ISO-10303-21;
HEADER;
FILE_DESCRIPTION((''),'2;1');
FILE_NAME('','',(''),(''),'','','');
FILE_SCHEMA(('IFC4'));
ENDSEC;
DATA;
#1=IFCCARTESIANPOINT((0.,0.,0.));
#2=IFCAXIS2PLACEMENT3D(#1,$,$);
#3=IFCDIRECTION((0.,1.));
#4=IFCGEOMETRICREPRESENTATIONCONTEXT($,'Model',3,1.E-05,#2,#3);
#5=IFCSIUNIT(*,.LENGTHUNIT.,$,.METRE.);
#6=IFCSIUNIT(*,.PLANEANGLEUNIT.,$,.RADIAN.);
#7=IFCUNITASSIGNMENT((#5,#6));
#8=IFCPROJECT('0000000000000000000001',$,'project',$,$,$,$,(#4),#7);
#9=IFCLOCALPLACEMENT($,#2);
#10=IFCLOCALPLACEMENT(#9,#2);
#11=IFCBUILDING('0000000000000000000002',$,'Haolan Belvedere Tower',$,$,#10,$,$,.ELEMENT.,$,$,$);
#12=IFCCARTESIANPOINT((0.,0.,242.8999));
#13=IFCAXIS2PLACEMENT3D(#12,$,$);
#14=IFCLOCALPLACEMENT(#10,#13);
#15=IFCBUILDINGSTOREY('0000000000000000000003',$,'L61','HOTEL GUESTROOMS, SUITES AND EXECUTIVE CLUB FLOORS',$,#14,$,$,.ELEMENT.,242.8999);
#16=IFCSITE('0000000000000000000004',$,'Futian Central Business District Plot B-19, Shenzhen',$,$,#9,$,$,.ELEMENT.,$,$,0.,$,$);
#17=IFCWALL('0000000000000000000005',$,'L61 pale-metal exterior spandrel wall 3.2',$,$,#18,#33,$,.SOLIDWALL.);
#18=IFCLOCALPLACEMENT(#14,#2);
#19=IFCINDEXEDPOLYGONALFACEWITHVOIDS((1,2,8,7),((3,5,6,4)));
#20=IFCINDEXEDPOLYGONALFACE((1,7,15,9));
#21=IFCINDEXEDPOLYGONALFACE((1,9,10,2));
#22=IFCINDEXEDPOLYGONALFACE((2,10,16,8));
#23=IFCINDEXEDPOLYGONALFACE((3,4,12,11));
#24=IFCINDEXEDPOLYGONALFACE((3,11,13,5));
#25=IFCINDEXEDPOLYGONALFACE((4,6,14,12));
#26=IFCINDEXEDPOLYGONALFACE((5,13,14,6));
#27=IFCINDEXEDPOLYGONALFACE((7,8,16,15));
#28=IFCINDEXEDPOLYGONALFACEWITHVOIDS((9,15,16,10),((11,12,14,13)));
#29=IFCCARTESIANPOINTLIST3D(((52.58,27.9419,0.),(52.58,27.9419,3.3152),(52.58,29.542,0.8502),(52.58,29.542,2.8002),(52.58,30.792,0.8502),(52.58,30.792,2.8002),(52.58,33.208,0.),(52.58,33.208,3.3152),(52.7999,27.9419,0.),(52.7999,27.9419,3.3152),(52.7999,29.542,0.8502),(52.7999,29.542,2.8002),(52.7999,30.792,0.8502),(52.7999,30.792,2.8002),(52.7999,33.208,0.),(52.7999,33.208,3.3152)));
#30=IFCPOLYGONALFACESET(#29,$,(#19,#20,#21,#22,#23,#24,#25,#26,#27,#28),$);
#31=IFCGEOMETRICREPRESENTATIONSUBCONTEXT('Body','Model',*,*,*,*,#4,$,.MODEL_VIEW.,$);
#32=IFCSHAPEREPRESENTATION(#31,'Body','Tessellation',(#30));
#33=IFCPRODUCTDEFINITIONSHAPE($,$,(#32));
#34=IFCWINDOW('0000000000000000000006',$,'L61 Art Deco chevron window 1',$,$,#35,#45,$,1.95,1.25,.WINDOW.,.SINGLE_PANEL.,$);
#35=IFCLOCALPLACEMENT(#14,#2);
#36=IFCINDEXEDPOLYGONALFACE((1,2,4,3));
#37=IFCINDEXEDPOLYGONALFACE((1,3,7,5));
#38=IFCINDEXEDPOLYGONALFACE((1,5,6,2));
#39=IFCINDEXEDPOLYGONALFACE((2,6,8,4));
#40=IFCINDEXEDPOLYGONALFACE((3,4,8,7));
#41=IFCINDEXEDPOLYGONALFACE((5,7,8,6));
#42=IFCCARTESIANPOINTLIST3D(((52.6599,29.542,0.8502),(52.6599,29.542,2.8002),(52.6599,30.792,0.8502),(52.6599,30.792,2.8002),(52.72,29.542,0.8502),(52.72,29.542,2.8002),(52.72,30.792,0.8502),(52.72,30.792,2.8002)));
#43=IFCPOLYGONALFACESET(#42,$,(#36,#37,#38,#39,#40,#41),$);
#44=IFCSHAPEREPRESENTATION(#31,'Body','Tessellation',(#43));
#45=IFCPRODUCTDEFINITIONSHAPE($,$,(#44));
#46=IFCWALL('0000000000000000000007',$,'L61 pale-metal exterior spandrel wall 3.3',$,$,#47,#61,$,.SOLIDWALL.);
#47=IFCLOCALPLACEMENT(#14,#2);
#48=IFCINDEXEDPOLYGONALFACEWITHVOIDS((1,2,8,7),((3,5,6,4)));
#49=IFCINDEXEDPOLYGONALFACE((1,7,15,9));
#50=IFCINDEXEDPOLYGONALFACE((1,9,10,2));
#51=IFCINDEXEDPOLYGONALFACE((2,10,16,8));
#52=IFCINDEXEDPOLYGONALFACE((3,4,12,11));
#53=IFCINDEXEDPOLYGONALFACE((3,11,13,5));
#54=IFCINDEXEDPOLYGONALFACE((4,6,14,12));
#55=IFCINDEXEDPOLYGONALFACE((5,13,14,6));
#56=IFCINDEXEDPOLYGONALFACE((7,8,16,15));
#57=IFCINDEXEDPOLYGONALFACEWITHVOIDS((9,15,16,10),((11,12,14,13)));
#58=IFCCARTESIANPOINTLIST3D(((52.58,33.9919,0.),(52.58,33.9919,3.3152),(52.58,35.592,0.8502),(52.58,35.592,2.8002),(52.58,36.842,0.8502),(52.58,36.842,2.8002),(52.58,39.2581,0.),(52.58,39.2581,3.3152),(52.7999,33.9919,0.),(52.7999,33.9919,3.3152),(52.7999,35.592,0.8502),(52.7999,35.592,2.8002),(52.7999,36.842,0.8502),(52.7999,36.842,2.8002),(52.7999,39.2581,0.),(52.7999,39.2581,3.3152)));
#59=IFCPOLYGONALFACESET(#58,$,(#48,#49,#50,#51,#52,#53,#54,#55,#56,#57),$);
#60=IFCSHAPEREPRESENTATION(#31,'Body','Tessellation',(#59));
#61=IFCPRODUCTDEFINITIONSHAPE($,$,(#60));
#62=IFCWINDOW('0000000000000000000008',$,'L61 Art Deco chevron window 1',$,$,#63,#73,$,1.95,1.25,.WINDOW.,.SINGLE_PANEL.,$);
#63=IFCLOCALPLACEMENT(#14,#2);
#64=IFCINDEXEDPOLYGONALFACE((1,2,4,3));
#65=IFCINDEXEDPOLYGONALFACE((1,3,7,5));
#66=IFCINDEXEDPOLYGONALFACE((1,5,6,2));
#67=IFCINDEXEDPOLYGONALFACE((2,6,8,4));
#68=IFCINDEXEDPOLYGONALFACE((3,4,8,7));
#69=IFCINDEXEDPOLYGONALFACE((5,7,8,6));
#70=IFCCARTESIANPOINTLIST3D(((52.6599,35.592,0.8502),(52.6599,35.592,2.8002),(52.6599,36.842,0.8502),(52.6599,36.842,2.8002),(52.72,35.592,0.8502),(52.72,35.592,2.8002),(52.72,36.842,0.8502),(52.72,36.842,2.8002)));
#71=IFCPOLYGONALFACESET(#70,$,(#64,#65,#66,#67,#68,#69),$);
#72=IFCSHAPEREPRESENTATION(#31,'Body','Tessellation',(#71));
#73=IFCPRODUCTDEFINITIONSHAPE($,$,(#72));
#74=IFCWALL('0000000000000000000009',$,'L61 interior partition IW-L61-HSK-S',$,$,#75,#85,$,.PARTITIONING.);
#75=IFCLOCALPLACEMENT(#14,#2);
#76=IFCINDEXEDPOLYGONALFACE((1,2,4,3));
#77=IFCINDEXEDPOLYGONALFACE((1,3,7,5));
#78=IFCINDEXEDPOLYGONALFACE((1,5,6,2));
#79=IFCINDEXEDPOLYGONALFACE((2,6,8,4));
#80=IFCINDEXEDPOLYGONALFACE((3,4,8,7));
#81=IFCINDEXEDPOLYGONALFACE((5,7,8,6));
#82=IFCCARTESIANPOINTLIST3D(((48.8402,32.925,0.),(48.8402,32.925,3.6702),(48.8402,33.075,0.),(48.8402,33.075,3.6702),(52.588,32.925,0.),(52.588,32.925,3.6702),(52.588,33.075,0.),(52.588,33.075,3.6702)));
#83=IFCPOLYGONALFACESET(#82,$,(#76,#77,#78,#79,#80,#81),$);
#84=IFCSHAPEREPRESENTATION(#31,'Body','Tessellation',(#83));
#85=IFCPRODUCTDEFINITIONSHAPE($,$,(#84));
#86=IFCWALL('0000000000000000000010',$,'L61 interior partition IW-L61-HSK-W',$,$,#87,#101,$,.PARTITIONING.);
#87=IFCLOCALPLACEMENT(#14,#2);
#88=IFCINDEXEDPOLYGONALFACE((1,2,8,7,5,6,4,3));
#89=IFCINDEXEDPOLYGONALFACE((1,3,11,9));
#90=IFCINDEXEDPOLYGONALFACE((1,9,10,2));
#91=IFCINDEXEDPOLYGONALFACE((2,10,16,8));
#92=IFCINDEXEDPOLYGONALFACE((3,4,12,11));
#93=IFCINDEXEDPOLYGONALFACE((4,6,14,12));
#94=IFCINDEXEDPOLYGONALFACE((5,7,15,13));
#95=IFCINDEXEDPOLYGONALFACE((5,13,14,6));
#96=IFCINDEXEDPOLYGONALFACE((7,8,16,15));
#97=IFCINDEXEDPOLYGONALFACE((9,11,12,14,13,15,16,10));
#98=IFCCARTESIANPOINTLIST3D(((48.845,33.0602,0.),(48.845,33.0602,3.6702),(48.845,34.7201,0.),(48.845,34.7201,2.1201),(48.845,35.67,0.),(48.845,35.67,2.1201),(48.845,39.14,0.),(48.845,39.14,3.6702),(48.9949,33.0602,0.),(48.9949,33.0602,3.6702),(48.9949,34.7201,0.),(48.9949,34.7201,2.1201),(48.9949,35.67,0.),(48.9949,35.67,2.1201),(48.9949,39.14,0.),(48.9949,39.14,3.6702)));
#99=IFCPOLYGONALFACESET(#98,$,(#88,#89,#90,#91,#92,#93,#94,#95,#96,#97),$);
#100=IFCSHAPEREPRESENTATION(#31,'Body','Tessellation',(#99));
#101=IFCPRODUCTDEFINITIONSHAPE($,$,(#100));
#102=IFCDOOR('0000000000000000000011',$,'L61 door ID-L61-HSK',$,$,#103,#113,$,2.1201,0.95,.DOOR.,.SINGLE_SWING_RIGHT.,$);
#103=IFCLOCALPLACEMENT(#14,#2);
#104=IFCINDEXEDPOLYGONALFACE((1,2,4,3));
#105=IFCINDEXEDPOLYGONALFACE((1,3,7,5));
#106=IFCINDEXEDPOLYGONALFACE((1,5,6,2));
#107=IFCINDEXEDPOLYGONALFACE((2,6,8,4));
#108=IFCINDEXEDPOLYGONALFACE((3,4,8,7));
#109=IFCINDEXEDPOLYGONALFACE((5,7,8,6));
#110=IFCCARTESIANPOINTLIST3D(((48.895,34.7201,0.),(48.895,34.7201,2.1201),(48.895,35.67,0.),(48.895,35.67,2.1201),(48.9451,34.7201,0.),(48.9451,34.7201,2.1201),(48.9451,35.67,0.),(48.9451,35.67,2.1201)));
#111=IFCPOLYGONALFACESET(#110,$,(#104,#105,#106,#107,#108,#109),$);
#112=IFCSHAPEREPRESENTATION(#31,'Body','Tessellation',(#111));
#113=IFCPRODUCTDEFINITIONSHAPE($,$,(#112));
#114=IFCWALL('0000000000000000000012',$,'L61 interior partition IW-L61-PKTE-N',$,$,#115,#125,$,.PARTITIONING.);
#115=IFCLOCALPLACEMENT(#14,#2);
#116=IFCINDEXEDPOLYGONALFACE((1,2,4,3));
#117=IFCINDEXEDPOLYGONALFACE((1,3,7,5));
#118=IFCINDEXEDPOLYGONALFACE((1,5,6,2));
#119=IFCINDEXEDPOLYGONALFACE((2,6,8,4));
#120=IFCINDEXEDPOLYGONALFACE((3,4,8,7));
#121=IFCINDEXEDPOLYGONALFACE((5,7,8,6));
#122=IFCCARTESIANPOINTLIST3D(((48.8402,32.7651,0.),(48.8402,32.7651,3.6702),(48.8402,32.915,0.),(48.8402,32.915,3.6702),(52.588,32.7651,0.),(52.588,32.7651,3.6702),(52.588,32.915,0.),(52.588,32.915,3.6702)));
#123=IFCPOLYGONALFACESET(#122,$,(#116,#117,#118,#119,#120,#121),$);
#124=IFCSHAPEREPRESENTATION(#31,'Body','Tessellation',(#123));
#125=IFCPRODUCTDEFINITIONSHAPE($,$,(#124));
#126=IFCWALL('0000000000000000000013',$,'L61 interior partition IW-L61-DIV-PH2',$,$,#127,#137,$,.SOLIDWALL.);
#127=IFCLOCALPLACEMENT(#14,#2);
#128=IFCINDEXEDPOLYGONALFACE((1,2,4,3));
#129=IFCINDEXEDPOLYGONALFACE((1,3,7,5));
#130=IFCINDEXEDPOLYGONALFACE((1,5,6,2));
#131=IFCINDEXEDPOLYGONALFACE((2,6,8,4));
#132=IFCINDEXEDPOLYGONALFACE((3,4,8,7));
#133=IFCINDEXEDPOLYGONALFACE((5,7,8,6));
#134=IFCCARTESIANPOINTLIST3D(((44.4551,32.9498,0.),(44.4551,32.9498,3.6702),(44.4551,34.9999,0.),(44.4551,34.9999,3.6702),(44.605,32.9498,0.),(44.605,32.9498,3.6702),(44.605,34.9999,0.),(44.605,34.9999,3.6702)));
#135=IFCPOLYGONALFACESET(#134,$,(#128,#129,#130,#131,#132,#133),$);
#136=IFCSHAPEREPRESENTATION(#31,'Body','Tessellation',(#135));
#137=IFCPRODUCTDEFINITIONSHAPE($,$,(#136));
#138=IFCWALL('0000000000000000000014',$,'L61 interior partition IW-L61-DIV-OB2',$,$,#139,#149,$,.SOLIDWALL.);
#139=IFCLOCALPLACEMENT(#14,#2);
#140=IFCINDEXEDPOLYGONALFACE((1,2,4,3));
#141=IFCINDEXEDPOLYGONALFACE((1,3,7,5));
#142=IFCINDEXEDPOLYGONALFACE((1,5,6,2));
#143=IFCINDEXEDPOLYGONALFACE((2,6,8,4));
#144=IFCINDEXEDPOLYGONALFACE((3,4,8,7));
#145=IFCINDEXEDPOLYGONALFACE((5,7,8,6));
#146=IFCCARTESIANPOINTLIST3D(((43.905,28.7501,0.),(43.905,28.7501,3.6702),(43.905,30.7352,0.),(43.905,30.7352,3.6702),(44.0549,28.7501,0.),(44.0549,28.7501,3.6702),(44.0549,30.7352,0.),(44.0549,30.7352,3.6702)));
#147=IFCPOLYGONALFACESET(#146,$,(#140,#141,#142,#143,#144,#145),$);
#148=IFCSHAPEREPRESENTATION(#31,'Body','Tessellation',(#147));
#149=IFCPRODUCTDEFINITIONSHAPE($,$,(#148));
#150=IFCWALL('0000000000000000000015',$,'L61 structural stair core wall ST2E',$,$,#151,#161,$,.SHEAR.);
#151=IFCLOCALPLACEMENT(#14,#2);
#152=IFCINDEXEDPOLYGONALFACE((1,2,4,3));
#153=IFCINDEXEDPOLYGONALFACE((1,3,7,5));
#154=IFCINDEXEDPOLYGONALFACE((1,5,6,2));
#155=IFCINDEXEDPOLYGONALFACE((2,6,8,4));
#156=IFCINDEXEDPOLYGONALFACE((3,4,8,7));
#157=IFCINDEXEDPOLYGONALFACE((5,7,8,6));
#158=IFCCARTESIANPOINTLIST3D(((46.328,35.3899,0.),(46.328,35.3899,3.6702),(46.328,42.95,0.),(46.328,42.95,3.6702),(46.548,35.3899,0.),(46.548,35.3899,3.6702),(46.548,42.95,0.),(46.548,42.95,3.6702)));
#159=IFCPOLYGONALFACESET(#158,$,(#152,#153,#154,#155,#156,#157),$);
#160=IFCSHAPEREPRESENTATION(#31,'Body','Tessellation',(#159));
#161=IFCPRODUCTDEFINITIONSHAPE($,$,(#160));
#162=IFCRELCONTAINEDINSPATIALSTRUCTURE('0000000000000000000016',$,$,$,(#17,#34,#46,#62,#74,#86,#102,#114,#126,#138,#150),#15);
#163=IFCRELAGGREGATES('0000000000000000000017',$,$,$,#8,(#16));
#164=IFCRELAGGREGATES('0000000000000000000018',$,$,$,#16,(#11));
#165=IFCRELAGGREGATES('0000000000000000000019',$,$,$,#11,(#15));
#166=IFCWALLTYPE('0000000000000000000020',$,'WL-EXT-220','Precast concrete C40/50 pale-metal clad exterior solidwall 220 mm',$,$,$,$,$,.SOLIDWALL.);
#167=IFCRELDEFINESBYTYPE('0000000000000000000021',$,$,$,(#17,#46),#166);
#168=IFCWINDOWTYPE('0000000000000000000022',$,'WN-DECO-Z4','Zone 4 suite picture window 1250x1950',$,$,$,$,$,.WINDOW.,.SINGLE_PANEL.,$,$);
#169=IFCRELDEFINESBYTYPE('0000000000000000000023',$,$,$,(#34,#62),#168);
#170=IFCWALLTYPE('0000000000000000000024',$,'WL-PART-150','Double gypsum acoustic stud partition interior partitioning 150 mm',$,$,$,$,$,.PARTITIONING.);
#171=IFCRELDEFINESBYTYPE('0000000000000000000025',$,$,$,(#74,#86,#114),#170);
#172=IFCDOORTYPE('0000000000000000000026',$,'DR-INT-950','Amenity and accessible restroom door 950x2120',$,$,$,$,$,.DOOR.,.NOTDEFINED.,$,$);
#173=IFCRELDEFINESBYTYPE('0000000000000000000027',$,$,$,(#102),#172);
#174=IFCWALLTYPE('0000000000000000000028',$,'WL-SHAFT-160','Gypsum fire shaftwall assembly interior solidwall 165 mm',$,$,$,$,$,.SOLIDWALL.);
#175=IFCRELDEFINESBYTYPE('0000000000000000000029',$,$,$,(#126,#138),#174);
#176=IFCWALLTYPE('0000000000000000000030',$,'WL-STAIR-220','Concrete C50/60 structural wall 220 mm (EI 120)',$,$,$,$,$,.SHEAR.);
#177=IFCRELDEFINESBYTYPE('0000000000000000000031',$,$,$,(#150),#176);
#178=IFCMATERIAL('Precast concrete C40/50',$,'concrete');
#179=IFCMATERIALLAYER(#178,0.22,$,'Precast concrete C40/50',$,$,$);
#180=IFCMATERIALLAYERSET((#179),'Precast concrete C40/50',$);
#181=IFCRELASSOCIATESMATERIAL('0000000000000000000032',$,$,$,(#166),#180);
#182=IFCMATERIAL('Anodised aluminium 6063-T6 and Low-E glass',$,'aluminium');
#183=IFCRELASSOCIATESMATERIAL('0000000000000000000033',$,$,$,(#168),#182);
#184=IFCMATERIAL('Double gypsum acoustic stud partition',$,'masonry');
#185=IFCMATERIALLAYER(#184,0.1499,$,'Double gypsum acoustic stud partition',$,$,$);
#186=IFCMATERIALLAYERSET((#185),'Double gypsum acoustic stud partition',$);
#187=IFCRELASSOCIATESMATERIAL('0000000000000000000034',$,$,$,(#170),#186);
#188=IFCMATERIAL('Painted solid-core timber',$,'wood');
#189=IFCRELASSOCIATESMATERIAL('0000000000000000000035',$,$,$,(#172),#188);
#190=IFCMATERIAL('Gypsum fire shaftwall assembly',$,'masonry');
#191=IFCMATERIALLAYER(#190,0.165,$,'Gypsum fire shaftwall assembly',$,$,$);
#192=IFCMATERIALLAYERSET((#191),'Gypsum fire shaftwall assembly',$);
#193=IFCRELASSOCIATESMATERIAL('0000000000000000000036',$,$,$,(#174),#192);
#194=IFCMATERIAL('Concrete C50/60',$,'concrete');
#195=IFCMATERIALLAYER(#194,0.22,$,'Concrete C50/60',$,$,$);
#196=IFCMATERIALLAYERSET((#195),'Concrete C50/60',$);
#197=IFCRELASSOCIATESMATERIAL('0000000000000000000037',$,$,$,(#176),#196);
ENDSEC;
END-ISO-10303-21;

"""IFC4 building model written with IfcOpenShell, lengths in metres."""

from ifc_helpers import new_model, si_unit, direction, frame, frame_2d, origin, place, context, subcontext, project, spatial, rectangle, extrude, material, layer, layer_set, type_object, element, fill, save


model = new_model("IFC4")

# Units and contexts
model_context = context("Model", 3, precision=1e-05, world=origin(), true_north=direction((0.0, 1.0)))
body_context = subcontext(model_context, "Body", "Model", "MODEL_VIEW")
ifc_project = project(units=[si_unit("LENGTHUNIT", "METRE"), si_unit("PLANEANGLEUNIT", "RADIAN")], contexts=[model_context])

# Site, building, storey
site_placement = place(None, origin())
site = spatial("IfcSite", under=ifc_project, at=site_placement, Name="Futian Central Business District Plot B-19, Shenzhen", CompositionType="ELEMENT", RefElevation=0.0)
building_placement = place(site_placement, origin())
building = spatial("IfcBuilding", under=site, at=building_placement, Name="Haolan Belvedere Tower", CompositionType="ELEMENT")
storey_placement = place(building_placement, frame((0.0, 0.0, 242.8999)))
storey = spatial("IfcBuildingStorey", under=building, at=storey_placement, Name="L61", Description="HOTEL GUESTROOMS, SUITES AND EXECUTIVE CLUB FLOORS", CompositionType="ELEMENT", Elevation=242.8999)

# Shared definitions
ifc_material_1 = material(Name="Concrete C50/60", Category="concrete")

# Walls, openings, windows
ifc_material_2 = material(Name="Precast concrete C40/50", Category="concrete")
ifc_layer_1 = layer(ifc_material_2, 0.22, Name="Precast concrete C40/50")
ifc_layer_set_1 = layer_set([ifc_layer_1], Name="Precast concrete C40/50")
wall_type_1 = type_object("IfcWallType", Name="WL-EXT-220", Description="Precast concrete C40/50 pale-metal clad exterior solidwall 220 mm", PredefinedType="SOLIDWALL", material=ifc_layer_set_1)
wall_1_placement = place(storey_placement, frame((52.6899, 27.9419, 0.0), z_axis=(0.0, 0.0, 1.0), x_axis=(0.0, 1.0, 0.0)))
wall_1 = element("IfcWall", 1, at=wall_1_placement, inside=storey, type_object=wall_type_1, Name="L61 pale-metal exterior spandrel wall 3.2", PredefinedType="SOLIDWALL", context=body_context, shape_type="SweptSolid", body=[
    extrude(rectangle(XDim=5.2661, YDim=0.22, at=frame_2d((2.6331, 0.0))), origin(), (0.0, 0.0, 1.0), 3.3152),
])
opening_1_placement = place(wall_1_placement, frame((1.6001, 0.0, 0.8501)))
opening_1 = element("IfcOpeningElement", 2, at=opening_1_placement, cuts=wall_1, PredefinedType="OPENING", context=body_context, shape_type="SweptSolid", body=[
    extrude(rectangle(XDim=1.25, YDim=1.95, at=frame_2d((0.625, 0.9751))), frame((0.0, 0.1199, 0.0), z_axis=(0.0, -1.0, 0.0), x_axis=(1.0, 0.0, 0.0)), (0.0, 0.0, 1.0), 0.24),
])
ifc_material_3 = material(Name="Anodised aluminium 6063-T6 and Low-E glass", Category="aluminium")
window_type = type_object("IfcWindowType", Name="WN-DECO-Z4", Description="Zone 4 suite picture window 1250x1950", PartitioningType="SINGLE_PANEL", PredefinedType="WINDOW", material=ifc_material_3)
window_1_placement = place(opening_1_placement, origin())
window_1 = element("IfcWindow", 3, at=window_1_placement, inside=storey, type_object=window_type, Name="L61 Art Deco chevron window 1", OverallHeight=1.95, OverallWidth=1.25, PartitioningType="SINGLE_PANEL", PredefinedType="WINDOW", context=body_context, shape_type="SweptSolid", body=[
    extrude(rectangle(XDim=1.25, YDim=1.95, at=frame_2d((0.625, 0.9751))), frame((0.0, 0.03, 0.0), z_axis=(0.0, -1.0, 0.0), x_axis=(1.0, 0.0, 0.0)), (0.0, 0.0, 1.0), 0.0601),
])
fill(opening_1, window_1)
wall_2_placement = place(storey_placement, frame((52.6899, 33.9919, 0.0), z_axis=(0.0, 0.0, 1.0), x_axis=(0.0, 1.0, 0.0)))
wall_2 = element("IfcWall", 4, at=wall_2_placement, inside=storey, type_object=wall_type_1, Name="L61 pale-metal exterior spandrel wall 3.3", PredefinedType="SOLIDWALL", context=body_context, shape_type="SweptSolid", body=[
    extrude(rectangle(XDim=5.2661, YDim=0.22, at=frame_2d((2.6331, 0.0))), origin(), (0.0, 0.0, 1.0), 3.3152),
])
opening_2_placement = place(wall_2_placement, frame((1.6001, 0.0, 0.8501)))
opening_2 = element("IfcOpeningElement", 5, at=opening_2_placement, cuts=wall_2, PredefinedType="OPENING", context=body_context, shape_type="SweptSolid", body=[
    extrude(rectangle(XDim=1.25, YDim=1.95, at=frame_2d((0.625, 0.9751))), frame((0.0, 0.1199, 0.0), z_axis=(0.0, -1.0, 0.0), x_axis=(1.0, 0.0, 0.0)), (0.0, 0.0, 1.0), 0.24),
])
window_2_placement = place(opening_2_placement, origin())
window_2 = element("IfcWindow", 6, at=window_2_placement, inside=storey, type_object=window_type, Name="L61 Art Deco chevron window 1", OverallHeight=1.95, OverallWidth=1.25, PartitioningType="SINGLE_PANEL", PredefinedType="WINDOW", context=body_context, shape_type="SweptSolid", body=[
    extrude(rectangle(XDim=1.25, YDim=1.95, at=frame_2d((0.625, 0.9751))), frame((0.0, 0.03, 0.0), z_axis=(0.0, -1.0, 0.0), x_axis=(1.0, 0.0, 0.0)), (0.0, 0.0, 1.0), 0.0601),
])
fill(opening_2, window_2)

# Wall
ifc_material_4 = material(Name="Double gypsum acoustic stud partition", Category="masonry")
ifc_layer_2 = layer(ifc_material_4, 0.1499, Name="Double gypsum acoustic stud partition")
ifc_layer_set_2 = layer_set([ifc_layer_2], Name="Double gypsum acoustic stud partition")
wall_type_2 = type_object("IfcWallType", Name="WL-PART-150", Description="Double gypsum acoustic stud partition interior partitioning 150 mm", PredefinedType="PARTITIONING", material=ifc_layer_set_2)
wall_3_placement = place(storey_placement, frame((48.8401, 33.0, 0.0), z_axis=(0.0, 0.0, 1.0), x_axis=(1.0, 0.0, 0.0)))
element("IfcWall", 7, at=wall_3_placement, inside=storey, type_object=wall_type_2, Name="L61 interior partition IW-L61-HSK-S", PredefinedType="PARTITIONING", context=body_context, shape_type="SweptSolid", body=[
    extrude(rectangle(XDim=3.7478, YDim=0.1499, at=frame_2d((1.874, 0.0))), origin(), (0.0, 0.0, 1.0), 3.6702),
])

# Wall, opening, door
wall_4_placement = place(storey_placement, frame((48.9199, 33.0601, 0.0), z_axis=(0.0, 0.0, 1.0), x_axis=(0.0, 1.0, 0.0)))
wall_4 = element("IfcWall", 8, at=wall_4_placement, inside=storey, type_object=wall_type_2, Name="L61 interior partition IW-L61-HSK-W", PredefinedType="PARTITIONING", context=body_context, shape_type="SweptSolid", body=[
    extrude(rectangle(XDim=6.0798, YDim=0.1499, at=frame_2d((3.04, 0.0))), origin(), (0.0, 0.0, 1.0), 3.6702),
])
opening_3_placement = place(wall_4_placement, frame((1.6599, 0.0, 0.0)))
opening_3 = element("IfcOpeningElement", 9, at=opening_3_placement, cuts=wall_4, PredefinedType="OPENING", context=body_context, shape_type="SweptSolid", body=[
    extrude(rectangle(XDim=0.95, YDim=2.1201, at=frame_2d((0.4751, 1.0601))), frame((0.0, 0.085, 0.0), z_axis=(0.0, -1.0, 0.0), x_axis=(1.0, 0.0, 0.0)), (0.0, 0.0, 1.0), 0.1699),
])
ifc_material_5 = material(Name="Painted solid-core timber", Category="wood")
door_type = type_object("IfcDoorType", Name="DR-INT-950", Description="Amenity and accessible restroom door 950x2120", OperationType="NOTDEFINED", PredefinedType="DOOR", material=ifc_material_5)
door_placement = place(opening_3_placement, origin())
door = element("IfcDoor", 10, at=door_placement, inside=storey, type_object=door_type, Name="L61 door ID-L61-HSK", OperationType="SINGLE_SWING_RIGHT", OverallHeight=2.1201, OverallWidth=0.95, PredefinedType="DOOR", context=body_context, shape_type="SweptSolid", body=[
    extrude(rectangle(XDim=0.95, YDim=2.1201, at=frame_2d((0.4751, 1.0601))), frame((0.0, 0.0249, 0.0), z_axis=(0.0, -1.0, 0.0), x_axis=(1.0, 0.0, 0.0)), (0.0, 0.0, 1.0), 0.05),
])
fill(opening_3, door)

# Walls
wall_5_placement = place(storey_placement, frame((48.8401, 32.8401, 0.0), z_axis=(0.0, 0.0, 1.0), x_axis=(1.0, 0.0, 0.0)))
element("IfcWall", 11, at=wall_5_placement, inside=storey, type_object=wall_type_2, Name="L61 interior partition IW-L61-PKTE-N", PredefinedType="PARTITIONING", context=body_context, shape_type="SweptSolid", body=[
    extrude(rectangle(XDim=3.7478, YDim=0.1499, at=frame_2d((1.874, 0.0))), origin(), (0.0, 0.0, 1.0), 3.6702),
])
ifc_material_6 = material(Name="Gypsum fire shaftwall assembly", Category="masonry")
ifc_layer_3 = layer(ifc_material_6, 0.165, Name="Gypsum fire shaftwall assembly")
ifc_layer_set_3 = layer_set([ifc_layer_3], Name="Gypsum fire shaftwall assembly")
wall_type_3 = type_object("IfcWallType", Name="WL-SHAFT-160", Description="Gypsum fire shaftwall assembly interior solidwall 165 mm", PredefinedType="SOLIDWALL", material=ifc_layer_set_3)
wall_6_placement = place(storey_placement, frame((44.53, 32.95, 0.0), z_axis=(0.0, 0.0, 1.0), x_axis=(0.0, 1.0, 0.0)))
element("IfcWall", 12, at=wall_6_placement, inside=storey, type_object=wall_type_3, Name="L61 interior partition IW-L61-DIV-PH2", PredefinedType="SOLIDWALL", context=body_context, shape_type="SweptSolid", body=[
    extrude(rectangle(XDim=2.05, YDim=0.1499, at=frame_2d((1.0249, 0.0))), origin(), (0.0, 0.0, 1.0), 3.6702),
])
wall_7_placement = place(storey_placement, frame((43.98, 28.75, 0.0), z_axis=(0.0, 0.0, 1.0), x_axis=(0.0, 1.0, 0.0)))
element("IfcWall", 13, at=wall_7_placement, inside=storey, type_object=wall_type_3, Name="L61 interior partition IW-L61-DIV-OB2", PredefinedType="SOLIDWALL", context=body_context, shape_type="SweptSolid", body=[
    extrude(rectangle(XDim=1.9851, YDim=0.1499, at=frame_2d((0.9927, 0.0))), origin(), (0.0, 0.0, 1.0), 3.6702),
])
ifc_layer_4 = layer(ifc_material_1, 0.22, Name="Concrete C50/60")
ifc_layer_set_4 = layer_set([ifc_layer_4], Name="Concrete C50/60")
wall_type_4 = type_object("IfcWallType", Name="WL-STAIR-220", Description="Concrete C50/60 structural wall 220 mm (EI 120)", PredefinedType="SHEAR", material=ifc_layer_set_4)
wall_8_placement = place(storey_placement, frame((46.438, 35.3899, 0.0), z_axis=(0.0, 0.0, 1.0), x_axis=(0.0, 1.0, 0.0)))
element("IfcWall", 14, at=wall_8_placement, inside=storey, type_object=wall_type_4, Name="L61 structural stair core wall ST2E", PredefinedType="SHEAR", context=body_context, shape_type="SweptSolid", body=[
    extrude(rectangle(XDim=7.5601, YDim=0.22, at=frame_2d((3.78, 0.0))), origin(), (0.0, 0.0, 1.0), 3.6702),
])

save(model, "model.ifc")
